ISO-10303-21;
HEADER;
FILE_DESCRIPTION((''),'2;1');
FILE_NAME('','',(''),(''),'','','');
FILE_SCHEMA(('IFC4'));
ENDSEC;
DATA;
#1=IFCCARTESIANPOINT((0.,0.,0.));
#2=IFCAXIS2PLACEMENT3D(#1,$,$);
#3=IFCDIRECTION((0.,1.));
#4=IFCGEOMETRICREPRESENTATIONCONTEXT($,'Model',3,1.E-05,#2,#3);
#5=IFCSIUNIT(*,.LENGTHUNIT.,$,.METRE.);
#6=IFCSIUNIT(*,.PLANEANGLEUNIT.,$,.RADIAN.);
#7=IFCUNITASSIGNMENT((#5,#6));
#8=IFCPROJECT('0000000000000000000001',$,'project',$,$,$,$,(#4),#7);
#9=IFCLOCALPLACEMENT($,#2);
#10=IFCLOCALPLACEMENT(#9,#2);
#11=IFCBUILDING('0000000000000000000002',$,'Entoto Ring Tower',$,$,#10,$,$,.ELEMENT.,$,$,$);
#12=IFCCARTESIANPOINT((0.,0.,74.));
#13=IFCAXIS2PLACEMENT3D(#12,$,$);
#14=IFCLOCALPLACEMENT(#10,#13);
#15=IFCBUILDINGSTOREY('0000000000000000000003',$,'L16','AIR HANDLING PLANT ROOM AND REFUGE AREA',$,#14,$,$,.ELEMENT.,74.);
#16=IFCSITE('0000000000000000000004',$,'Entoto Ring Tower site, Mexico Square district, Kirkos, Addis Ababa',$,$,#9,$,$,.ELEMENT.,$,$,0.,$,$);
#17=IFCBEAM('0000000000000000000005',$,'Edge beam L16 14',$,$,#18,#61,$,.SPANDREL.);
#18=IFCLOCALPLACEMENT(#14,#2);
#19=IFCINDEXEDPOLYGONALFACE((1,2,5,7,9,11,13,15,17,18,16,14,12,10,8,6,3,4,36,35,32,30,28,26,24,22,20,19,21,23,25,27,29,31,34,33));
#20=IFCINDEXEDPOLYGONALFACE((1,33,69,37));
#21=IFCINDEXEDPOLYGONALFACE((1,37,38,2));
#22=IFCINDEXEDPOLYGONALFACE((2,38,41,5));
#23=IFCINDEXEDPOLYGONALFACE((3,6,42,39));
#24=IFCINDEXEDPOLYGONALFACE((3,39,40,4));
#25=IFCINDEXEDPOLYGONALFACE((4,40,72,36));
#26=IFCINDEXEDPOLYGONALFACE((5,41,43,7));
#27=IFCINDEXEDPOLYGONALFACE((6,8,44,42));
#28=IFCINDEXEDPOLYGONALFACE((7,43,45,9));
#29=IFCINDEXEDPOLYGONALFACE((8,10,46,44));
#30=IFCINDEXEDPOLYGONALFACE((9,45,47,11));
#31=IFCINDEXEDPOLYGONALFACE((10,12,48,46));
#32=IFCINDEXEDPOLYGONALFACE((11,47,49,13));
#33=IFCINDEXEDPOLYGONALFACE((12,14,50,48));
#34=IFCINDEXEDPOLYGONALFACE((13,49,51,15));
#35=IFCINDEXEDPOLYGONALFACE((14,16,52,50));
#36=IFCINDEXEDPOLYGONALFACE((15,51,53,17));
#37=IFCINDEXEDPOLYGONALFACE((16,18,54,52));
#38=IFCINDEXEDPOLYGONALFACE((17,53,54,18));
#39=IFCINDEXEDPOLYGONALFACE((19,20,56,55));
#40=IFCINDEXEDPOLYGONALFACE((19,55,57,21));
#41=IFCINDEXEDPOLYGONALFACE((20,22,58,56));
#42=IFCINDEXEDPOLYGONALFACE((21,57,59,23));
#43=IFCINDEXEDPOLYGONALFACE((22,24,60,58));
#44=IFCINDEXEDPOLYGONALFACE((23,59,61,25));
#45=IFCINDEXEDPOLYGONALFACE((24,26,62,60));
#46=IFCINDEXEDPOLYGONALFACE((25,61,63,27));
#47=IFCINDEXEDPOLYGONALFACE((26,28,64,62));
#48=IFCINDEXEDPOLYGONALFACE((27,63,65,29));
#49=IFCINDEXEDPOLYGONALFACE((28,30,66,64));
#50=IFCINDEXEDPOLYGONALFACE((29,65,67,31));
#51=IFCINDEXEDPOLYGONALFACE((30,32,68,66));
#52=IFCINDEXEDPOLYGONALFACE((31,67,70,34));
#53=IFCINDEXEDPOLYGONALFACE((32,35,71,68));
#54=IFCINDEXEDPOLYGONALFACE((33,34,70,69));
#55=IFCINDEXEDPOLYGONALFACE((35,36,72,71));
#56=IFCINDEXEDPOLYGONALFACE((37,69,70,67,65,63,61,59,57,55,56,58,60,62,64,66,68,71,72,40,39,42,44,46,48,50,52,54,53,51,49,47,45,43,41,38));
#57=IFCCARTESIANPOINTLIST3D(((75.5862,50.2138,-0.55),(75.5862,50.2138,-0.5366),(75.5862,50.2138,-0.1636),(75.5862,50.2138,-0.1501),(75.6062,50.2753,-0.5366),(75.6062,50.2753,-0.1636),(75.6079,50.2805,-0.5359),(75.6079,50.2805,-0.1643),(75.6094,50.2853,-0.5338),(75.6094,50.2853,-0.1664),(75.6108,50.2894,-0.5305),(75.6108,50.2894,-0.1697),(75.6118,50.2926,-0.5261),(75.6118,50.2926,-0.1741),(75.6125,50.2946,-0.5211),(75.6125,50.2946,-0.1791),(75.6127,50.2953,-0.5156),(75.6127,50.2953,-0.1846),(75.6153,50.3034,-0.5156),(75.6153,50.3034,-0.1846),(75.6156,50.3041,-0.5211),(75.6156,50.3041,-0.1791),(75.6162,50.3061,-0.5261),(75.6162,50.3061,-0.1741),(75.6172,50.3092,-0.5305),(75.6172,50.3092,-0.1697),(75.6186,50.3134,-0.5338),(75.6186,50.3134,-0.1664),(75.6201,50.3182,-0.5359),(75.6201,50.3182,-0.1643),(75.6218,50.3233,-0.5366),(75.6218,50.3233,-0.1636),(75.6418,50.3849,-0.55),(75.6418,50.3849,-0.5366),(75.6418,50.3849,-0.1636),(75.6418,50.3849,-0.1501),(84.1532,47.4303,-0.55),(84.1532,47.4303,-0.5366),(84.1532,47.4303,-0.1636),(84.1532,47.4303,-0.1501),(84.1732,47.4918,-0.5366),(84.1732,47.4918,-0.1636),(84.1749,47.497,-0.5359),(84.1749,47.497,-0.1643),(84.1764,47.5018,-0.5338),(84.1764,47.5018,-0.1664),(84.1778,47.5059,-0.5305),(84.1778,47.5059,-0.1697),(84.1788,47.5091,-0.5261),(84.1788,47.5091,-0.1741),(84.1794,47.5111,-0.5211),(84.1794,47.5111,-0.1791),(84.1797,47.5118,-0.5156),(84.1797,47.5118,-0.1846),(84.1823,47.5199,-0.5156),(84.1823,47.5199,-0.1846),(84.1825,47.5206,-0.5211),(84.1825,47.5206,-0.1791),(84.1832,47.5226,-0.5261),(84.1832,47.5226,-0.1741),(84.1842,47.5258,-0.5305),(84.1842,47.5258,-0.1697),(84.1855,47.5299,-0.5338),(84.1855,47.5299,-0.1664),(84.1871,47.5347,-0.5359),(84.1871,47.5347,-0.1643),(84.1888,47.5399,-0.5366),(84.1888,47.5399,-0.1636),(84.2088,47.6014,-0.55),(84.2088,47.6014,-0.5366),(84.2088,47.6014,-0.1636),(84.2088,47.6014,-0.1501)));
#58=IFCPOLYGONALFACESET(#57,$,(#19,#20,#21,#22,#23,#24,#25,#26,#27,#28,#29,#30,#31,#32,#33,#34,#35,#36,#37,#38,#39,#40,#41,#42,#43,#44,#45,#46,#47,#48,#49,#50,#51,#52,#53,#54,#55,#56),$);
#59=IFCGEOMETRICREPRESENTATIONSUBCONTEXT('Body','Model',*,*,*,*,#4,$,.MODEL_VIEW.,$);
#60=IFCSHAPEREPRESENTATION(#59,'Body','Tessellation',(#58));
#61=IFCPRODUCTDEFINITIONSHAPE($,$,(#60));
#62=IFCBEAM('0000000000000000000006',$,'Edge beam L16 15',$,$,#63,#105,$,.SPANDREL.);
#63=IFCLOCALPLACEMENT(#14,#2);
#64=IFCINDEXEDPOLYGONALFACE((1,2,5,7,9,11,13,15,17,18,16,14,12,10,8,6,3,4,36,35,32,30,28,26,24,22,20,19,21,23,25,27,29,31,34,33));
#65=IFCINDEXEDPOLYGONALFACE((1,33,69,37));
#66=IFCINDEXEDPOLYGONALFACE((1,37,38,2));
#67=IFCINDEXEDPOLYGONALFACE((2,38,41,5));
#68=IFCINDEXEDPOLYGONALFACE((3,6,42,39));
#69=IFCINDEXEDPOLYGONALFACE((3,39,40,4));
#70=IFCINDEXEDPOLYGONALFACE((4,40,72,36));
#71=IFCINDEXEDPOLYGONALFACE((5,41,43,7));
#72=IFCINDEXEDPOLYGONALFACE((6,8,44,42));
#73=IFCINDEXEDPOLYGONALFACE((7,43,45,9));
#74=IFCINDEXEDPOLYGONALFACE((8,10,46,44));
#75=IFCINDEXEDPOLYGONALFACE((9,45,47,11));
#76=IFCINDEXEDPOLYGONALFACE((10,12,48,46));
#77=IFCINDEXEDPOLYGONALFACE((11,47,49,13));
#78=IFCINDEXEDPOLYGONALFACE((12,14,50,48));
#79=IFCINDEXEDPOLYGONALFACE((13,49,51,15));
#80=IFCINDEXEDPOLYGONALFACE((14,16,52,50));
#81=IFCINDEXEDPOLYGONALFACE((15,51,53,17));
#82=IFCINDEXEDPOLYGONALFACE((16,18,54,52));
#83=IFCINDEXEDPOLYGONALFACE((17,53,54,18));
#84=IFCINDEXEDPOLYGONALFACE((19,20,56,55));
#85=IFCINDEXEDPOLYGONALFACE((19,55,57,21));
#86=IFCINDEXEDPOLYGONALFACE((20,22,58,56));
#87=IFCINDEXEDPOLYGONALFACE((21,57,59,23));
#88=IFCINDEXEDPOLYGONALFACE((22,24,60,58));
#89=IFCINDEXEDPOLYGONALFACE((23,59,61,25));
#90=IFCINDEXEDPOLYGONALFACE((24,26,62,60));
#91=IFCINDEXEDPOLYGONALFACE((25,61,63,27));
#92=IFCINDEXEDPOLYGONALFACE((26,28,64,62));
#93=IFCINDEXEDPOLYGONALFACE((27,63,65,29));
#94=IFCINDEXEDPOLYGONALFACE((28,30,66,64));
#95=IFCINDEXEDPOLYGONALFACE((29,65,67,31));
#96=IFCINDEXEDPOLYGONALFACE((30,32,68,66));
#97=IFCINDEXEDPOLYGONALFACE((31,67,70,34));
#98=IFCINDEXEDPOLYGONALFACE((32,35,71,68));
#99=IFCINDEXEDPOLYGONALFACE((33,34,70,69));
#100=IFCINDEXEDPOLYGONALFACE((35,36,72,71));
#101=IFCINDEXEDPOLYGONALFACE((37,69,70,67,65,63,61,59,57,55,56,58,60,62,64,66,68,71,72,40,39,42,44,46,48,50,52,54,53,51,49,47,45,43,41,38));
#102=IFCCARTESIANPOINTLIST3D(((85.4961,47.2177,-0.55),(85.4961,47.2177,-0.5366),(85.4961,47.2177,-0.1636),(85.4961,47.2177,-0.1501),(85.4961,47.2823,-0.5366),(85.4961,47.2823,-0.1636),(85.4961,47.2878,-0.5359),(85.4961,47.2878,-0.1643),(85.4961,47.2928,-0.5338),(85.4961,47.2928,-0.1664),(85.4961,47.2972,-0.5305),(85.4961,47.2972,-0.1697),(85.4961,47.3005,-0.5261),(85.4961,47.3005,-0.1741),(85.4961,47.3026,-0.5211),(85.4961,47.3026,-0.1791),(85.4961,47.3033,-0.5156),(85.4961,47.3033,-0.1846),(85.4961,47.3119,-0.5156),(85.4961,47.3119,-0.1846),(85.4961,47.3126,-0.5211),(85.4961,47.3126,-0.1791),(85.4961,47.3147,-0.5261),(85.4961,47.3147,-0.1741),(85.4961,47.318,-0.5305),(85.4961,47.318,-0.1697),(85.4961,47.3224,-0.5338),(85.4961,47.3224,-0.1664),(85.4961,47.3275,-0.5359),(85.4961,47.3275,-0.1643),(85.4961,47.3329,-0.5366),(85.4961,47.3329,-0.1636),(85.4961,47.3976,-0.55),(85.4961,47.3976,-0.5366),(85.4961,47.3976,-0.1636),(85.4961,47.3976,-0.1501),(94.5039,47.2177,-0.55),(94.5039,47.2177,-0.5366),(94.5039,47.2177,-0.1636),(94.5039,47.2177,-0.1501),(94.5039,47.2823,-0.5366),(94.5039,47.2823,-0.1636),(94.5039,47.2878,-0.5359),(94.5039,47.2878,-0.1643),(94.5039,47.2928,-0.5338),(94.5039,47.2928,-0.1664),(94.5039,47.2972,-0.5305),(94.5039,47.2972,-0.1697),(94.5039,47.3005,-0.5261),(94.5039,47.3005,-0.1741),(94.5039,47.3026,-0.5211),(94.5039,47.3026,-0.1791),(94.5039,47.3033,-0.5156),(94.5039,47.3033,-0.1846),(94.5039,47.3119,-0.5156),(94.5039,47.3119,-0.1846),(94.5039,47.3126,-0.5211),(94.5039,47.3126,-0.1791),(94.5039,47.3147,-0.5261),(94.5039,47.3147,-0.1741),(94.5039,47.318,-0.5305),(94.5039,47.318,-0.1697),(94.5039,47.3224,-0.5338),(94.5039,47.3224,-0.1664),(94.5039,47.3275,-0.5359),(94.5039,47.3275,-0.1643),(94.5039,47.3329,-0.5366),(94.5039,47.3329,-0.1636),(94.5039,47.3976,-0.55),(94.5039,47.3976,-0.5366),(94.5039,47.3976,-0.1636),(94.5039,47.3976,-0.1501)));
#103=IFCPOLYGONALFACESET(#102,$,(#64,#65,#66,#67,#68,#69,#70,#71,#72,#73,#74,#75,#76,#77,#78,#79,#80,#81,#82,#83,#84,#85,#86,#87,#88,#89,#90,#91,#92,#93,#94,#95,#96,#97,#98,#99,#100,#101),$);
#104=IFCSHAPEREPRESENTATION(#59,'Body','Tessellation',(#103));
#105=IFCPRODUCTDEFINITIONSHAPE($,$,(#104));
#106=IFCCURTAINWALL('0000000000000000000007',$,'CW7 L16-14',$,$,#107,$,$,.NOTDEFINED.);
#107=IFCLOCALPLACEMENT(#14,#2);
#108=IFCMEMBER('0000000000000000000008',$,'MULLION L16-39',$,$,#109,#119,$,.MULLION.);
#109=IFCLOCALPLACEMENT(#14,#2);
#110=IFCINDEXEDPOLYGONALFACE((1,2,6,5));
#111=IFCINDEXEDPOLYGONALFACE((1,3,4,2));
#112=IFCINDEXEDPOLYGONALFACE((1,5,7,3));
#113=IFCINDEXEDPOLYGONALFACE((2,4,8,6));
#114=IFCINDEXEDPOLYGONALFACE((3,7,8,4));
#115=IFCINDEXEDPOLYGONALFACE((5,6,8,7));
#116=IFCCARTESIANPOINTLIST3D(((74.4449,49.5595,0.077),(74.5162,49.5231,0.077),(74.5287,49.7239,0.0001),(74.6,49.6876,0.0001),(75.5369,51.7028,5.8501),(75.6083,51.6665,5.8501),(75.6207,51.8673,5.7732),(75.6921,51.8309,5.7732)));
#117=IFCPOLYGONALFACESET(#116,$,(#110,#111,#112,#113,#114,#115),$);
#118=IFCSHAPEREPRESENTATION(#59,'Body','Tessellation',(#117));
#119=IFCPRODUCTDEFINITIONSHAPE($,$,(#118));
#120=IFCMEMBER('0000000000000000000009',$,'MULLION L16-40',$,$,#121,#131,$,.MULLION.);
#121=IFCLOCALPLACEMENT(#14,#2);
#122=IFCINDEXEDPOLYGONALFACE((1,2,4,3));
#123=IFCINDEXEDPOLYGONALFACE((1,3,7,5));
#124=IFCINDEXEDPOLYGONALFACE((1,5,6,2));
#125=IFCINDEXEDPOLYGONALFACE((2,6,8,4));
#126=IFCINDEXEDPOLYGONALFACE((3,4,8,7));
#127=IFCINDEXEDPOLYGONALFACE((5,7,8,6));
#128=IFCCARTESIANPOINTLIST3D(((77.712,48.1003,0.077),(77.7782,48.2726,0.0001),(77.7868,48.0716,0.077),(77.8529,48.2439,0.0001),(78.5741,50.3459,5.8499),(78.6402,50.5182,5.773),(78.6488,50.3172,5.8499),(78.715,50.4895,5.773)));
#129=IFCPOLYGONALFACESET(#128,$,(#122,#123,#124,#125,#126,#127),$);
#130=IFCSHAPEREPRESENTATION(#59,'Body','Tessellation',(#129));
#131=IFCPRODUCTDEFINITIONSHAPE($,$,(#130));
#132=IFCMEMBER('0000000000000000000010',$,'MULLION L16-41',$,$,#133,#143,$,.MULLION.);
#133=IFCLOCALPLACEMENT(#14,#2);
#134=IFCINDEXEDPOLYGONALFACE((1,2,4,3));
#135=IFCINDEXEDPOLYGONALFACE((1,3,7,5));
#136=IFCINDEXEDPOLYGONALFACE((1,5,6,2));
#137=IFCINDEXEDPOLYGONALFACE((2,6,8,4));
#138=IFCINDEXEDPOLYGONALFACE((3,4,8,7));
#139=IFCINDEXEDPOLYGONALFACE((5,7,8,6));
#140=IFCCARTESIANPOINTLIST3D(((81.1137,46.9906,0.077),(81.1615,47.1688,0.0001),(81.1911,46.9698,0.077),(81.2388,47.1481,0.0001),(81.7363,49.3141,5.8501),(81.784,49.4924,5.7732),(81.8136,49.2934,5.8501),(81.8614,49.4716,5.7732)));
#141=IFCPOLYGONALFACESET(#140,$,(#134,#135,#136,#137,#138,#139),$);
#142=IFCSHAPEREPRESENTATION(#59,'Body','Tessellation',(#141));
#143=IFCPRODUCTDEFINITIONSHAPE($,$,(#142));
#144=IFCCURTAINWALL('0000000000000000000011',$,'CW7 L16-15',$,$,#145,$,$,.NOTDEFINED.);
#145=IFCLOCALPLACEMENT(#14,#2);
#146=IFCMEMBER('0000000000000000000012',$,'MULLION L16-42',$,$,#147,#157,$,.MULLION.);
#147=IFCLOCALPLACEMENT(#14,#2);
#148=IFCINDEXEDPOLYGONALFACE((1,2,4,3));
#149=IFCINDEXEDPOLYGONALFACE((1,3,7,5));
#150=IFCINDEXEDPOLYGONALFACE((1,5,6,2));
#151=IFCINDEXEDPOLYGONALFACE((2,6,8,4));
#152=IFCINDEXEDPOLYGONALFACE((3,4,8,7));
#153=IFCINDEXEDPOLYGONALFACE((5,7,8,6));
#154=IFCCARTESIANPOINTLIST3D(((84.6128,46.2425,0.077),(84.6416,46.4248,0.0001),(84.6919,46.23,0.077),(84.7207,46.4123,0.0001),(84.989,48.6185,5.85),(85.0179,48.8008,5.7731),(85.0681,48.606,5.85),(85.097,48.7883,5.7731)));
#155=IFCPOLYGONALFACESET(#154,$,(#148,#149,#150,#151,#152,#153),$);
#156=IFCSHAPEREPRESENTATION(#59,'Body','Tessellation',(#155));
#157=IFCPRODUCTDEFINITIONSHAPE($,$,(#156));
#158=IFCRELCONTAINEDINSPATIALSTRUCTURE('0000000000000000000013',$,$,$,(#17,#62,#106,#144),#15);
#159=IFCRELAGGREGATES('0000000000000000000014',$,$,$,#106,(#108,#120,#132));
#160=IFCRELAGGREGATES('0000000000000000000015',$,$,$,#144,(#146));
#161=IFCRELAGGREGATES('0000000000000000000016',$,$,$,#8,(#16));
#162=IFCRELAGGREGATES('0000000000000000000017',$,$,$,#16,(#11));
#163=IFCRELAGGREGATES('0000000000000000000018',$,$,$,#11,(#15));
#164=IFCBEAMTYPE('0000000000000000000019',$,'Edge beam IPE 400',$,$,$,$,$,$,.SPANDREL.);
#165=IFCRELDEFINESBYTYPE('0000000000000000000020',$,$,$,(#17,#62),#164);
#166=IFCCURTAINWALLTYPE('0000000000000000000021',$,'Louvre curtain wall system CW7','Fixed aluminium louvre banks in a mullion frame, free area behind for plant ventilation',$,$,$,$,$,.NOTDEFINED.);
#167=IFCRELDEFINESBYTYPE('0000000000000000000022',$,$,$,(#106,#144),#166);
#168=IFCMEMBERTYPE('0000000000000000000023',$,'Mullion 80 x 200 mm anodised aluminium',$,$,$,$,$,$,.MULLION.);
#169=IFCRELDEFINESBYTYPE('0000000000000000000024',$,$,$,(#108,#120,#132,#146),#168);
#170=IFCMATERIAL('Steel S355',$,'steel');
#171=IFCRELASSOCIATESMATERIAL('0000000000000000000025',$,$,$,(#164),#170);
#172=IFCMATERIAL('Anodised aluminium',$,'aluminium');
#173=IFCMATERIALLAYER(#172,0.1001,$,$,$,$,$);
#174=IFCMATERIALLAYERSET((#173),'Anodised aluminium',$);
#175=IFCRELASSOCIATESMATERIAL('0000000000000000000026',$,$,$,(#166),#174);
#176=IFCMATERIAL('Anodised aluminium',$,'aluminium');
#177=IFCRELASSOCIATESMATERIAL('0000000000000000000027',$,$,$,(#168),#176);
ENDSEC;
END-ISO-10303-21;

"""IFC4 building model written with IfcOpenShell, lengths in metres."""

from ifc_helpers import new_model, si_unit, direction, frame, origin, origin_2d, place, context, subcontext, project, spatial, rectangle, i_section, extrude, material, layer, layer_set, material_profile, profile_set, type_object, element, aggregate, save


model = new_model("IFC4")

# Units and contexts
model_context = context("Model", 3, precision=1e-05, world=origin(), true_north=direction((0.0, 1.0)))
body_context = subcontext(model_context, "Body", "Model", "MODEL_VIEW")
ifc_project = project(units=[si_unit("LENGTHUNIT", "METRE"), si_unit("PLANEANGLEUNIT", "RADIAN")], contexts=[model_context])

# Site, building, storey
site_placement = place(None, origin())
site = spatial("IfcSite", under=ifc_project, at=site_placement, Name="Entoto Ring Tower site, Mexico Square district, Kirkos, Addis Ababa", CompositionType="ELEMENT", RefElevation=0.0)
building_placement = place(site_placement, origin())
building = spatial("IfcBuilding", under=site, at=building_placement, Name="Entoto Ring Tower", CompositionType="ELEMENT")
storey_placement = place(building_placement, frame((0.0, 0.0, 74.0)))
storey = spatial("IfcBuildingStorey", under=building, at=storey_placement, Name="L16", Description="AIR HANDLING PLANT ROOM AND REFUGE AREA", CompositionType="ELEMENT", Elevation=74.0)

# Beams
ifc_material_1 = material(Name="Steel S355", Category="steel")
ifc_material_profile_1 = material_profile(ifc_material_1, i_section(OverallWidth=0.1799, OverallDepth=0.3999, WebThickness=0.0085, FlangeThickness=0.0134, FilletRadius=0.021, at=origin_2d()), Name="IPE 400")
ifc_profile_set_1 = profile_set([ifc_material_profile_1], Name="Steel S355")
beam_type = type_object("IfcBeamType", Name="Edge beam IPE 400", PredefinedType="SPANDREL", material=ifc_profile_set_1)
for number, where, z_axis, x_axis, name in (
    (1, (75.614, 50.2993, -0.3501), (0.95106, -0.309006, 0.0), (0.309006, 0.95106, 0.0), "Edge beam L16 14"),
    (2, (85.4961, 47.3076, -0.3501), (1.0, 0.0, 0.0), (0.0, 1.0, 0.0), "Edge beam L16 15"),
):
    element("IfcBeam", number, at=place(storey_placement, frame(where, z_axis=z_axis, x_axis=x_axis)), inside=storey, type_object=beam_type, Name=name, PredefinedType="SPANDREL", context=body_context, shape_type="SweptSolid", body=[
        extrude(i_section(OverallWidth=0.1799, OverallDepth=0.3999, WebThickness=0.0085, FlangeThickness=0.0134, FilletRadius=0.021, at=origin_2d()), origin(), (0.0, 0.0, 1.0), 9.0078),
    ])

# Curtain wall, members
ifc_material_2 = material(Name="Anodised aluminium", Category="aluminium")
ifc_layer_1 = layer(ifc_material_2, 0.1001)
ifc_layer_set_1 = layer_set([ifc_layer_1], Name="Anodised aluminium")
curtain_wall_type = type_object("IfcCurtainWallType", Name="Louvre curtain wall system CW7", Description="Fixed aluminium louvre banks in a mullion frame, free area behind for plant ventilation", PredefinedType="NOTDEFINED", material=ifc_layer_set_1)
curtain_wall_1_placement = place(storey_placement, origin())
curtain_wall_1 = element("IfcCurtainWall", 3, at=curtain_wall_1_placement, inside=storey, type_object=curtain_wall_type, Name="CW7 L16-14", PredefinedType="NOTDEFINED")
ifc_material_3 = material(Name="Anodised aluminium", Category="aluminium")
ifc_material_profile_2 = material_profile(ifc_material_3, rectangle(XDim=0.0801, YDim=0.2, at=origin_2d()), Name="Mullion 80 x 200 mm anodised aluminium")
ifc_profile_set_2 = profile_set([ifc_material_profile_2], Name="Anodised aluminium")
member_type_1 = type_object("IfcMemberType", Name="Mullion 80 x 200 mm anodised aluminium", PredefinedType="MULLION", material=ifc_profile_set_2)
member_1_placement = place(storey_placement, frame((74.5225, 49.6235, 0.0386), z_axis=(0.174613, 0.342707, 0.923072), x_axis=(-0.891012, 0.453981, 0.0)))
member_1 = element("IfcMember", 4, at=member_1_placement, type_object=member_type_1, Name="MULLION L16-39", PredefinedType="MULLION", context=body_context, shape_type="SweptSolid", body=[
    extrude(rectangle(XDim=0.0801, YDim=0.2, at=origin_2d()), origin(), (0.0, 0.0, 1.0), 6.2542),
])
member_2_placement = place(storey_placement, frame((77.7825, 48.1721, 0.0386), z_axis=(0.137841, 0.359066, 0.923077), x_axis=(-0.933573, 0.358387, 0.0)))
member_2 = element("IfcMember", 5, at=member_2_placement, type_object=member_type_1, Name="MULLION L16-40", PredefinedType="MULLION", context=body_context, shape_type="SweptSolid", body=[
    extrude(rectangle(XDim=0.0801, YDim=0.2, at=origin_2d()), origin(), (0.0, 0.0, 1.0), 6.2539),
])
member_3_placement = place(storey_placement, frame((81.1763, 47.0693, 0.0386), z_axis=(0.099545, 0.371517, 0.923074), x_axis=(-0.965928, 0.258812, 0.0)))
member_3 = element("IfcMember", 6, at=member_3_placement, type_object=member_type_1, Name="MULLION L16-41", PredefinedType="MULLION", context=body_context, shape_type="SweptSolid", body=[
    extrude(rectangle(XDim=0.0801, YDim=0.2, at=origin_2d()), origin(), (0.0, 0.0, 1.0), 6.2542),
])
aggregate(curtain_wall_1, [member_1, member_2, member_3])

# Curtain wall, member
curtain_wall_2_placement = place(storey_placement, origin())
curtain_wall_2 = element("IfcCurtainWall", 7, at=curtain_wall_2_placement, inside=storey, type_object=curtain_wall_type, Name="CW7 L16-15", PredefinedType="NOTDEFINED")
member_4_placement = place(storey_placement, frame((84.6667, 46.3274, 0.0386), z_axis=(0.060156, 0.379907, 0.923067), x_axis=(-0.987695, 0.156395, 0.0)))
member_4 = element("IfcMember", 8, at=member_4_placement, type_object=member_type_1, Name="MULLION L16-42", PredefinedType="MULLION", context=body_context, shape_type="SweptSolid", body=[
    extrude(rectangle(XDim=0.0801, YDim=0.2, at=origin_2d()), origin(), (0.0, 0.0, 1.0), 6.2542),
])
aggregate(curtain_wall_2, [member_4])

save(model, "model.ifc")
